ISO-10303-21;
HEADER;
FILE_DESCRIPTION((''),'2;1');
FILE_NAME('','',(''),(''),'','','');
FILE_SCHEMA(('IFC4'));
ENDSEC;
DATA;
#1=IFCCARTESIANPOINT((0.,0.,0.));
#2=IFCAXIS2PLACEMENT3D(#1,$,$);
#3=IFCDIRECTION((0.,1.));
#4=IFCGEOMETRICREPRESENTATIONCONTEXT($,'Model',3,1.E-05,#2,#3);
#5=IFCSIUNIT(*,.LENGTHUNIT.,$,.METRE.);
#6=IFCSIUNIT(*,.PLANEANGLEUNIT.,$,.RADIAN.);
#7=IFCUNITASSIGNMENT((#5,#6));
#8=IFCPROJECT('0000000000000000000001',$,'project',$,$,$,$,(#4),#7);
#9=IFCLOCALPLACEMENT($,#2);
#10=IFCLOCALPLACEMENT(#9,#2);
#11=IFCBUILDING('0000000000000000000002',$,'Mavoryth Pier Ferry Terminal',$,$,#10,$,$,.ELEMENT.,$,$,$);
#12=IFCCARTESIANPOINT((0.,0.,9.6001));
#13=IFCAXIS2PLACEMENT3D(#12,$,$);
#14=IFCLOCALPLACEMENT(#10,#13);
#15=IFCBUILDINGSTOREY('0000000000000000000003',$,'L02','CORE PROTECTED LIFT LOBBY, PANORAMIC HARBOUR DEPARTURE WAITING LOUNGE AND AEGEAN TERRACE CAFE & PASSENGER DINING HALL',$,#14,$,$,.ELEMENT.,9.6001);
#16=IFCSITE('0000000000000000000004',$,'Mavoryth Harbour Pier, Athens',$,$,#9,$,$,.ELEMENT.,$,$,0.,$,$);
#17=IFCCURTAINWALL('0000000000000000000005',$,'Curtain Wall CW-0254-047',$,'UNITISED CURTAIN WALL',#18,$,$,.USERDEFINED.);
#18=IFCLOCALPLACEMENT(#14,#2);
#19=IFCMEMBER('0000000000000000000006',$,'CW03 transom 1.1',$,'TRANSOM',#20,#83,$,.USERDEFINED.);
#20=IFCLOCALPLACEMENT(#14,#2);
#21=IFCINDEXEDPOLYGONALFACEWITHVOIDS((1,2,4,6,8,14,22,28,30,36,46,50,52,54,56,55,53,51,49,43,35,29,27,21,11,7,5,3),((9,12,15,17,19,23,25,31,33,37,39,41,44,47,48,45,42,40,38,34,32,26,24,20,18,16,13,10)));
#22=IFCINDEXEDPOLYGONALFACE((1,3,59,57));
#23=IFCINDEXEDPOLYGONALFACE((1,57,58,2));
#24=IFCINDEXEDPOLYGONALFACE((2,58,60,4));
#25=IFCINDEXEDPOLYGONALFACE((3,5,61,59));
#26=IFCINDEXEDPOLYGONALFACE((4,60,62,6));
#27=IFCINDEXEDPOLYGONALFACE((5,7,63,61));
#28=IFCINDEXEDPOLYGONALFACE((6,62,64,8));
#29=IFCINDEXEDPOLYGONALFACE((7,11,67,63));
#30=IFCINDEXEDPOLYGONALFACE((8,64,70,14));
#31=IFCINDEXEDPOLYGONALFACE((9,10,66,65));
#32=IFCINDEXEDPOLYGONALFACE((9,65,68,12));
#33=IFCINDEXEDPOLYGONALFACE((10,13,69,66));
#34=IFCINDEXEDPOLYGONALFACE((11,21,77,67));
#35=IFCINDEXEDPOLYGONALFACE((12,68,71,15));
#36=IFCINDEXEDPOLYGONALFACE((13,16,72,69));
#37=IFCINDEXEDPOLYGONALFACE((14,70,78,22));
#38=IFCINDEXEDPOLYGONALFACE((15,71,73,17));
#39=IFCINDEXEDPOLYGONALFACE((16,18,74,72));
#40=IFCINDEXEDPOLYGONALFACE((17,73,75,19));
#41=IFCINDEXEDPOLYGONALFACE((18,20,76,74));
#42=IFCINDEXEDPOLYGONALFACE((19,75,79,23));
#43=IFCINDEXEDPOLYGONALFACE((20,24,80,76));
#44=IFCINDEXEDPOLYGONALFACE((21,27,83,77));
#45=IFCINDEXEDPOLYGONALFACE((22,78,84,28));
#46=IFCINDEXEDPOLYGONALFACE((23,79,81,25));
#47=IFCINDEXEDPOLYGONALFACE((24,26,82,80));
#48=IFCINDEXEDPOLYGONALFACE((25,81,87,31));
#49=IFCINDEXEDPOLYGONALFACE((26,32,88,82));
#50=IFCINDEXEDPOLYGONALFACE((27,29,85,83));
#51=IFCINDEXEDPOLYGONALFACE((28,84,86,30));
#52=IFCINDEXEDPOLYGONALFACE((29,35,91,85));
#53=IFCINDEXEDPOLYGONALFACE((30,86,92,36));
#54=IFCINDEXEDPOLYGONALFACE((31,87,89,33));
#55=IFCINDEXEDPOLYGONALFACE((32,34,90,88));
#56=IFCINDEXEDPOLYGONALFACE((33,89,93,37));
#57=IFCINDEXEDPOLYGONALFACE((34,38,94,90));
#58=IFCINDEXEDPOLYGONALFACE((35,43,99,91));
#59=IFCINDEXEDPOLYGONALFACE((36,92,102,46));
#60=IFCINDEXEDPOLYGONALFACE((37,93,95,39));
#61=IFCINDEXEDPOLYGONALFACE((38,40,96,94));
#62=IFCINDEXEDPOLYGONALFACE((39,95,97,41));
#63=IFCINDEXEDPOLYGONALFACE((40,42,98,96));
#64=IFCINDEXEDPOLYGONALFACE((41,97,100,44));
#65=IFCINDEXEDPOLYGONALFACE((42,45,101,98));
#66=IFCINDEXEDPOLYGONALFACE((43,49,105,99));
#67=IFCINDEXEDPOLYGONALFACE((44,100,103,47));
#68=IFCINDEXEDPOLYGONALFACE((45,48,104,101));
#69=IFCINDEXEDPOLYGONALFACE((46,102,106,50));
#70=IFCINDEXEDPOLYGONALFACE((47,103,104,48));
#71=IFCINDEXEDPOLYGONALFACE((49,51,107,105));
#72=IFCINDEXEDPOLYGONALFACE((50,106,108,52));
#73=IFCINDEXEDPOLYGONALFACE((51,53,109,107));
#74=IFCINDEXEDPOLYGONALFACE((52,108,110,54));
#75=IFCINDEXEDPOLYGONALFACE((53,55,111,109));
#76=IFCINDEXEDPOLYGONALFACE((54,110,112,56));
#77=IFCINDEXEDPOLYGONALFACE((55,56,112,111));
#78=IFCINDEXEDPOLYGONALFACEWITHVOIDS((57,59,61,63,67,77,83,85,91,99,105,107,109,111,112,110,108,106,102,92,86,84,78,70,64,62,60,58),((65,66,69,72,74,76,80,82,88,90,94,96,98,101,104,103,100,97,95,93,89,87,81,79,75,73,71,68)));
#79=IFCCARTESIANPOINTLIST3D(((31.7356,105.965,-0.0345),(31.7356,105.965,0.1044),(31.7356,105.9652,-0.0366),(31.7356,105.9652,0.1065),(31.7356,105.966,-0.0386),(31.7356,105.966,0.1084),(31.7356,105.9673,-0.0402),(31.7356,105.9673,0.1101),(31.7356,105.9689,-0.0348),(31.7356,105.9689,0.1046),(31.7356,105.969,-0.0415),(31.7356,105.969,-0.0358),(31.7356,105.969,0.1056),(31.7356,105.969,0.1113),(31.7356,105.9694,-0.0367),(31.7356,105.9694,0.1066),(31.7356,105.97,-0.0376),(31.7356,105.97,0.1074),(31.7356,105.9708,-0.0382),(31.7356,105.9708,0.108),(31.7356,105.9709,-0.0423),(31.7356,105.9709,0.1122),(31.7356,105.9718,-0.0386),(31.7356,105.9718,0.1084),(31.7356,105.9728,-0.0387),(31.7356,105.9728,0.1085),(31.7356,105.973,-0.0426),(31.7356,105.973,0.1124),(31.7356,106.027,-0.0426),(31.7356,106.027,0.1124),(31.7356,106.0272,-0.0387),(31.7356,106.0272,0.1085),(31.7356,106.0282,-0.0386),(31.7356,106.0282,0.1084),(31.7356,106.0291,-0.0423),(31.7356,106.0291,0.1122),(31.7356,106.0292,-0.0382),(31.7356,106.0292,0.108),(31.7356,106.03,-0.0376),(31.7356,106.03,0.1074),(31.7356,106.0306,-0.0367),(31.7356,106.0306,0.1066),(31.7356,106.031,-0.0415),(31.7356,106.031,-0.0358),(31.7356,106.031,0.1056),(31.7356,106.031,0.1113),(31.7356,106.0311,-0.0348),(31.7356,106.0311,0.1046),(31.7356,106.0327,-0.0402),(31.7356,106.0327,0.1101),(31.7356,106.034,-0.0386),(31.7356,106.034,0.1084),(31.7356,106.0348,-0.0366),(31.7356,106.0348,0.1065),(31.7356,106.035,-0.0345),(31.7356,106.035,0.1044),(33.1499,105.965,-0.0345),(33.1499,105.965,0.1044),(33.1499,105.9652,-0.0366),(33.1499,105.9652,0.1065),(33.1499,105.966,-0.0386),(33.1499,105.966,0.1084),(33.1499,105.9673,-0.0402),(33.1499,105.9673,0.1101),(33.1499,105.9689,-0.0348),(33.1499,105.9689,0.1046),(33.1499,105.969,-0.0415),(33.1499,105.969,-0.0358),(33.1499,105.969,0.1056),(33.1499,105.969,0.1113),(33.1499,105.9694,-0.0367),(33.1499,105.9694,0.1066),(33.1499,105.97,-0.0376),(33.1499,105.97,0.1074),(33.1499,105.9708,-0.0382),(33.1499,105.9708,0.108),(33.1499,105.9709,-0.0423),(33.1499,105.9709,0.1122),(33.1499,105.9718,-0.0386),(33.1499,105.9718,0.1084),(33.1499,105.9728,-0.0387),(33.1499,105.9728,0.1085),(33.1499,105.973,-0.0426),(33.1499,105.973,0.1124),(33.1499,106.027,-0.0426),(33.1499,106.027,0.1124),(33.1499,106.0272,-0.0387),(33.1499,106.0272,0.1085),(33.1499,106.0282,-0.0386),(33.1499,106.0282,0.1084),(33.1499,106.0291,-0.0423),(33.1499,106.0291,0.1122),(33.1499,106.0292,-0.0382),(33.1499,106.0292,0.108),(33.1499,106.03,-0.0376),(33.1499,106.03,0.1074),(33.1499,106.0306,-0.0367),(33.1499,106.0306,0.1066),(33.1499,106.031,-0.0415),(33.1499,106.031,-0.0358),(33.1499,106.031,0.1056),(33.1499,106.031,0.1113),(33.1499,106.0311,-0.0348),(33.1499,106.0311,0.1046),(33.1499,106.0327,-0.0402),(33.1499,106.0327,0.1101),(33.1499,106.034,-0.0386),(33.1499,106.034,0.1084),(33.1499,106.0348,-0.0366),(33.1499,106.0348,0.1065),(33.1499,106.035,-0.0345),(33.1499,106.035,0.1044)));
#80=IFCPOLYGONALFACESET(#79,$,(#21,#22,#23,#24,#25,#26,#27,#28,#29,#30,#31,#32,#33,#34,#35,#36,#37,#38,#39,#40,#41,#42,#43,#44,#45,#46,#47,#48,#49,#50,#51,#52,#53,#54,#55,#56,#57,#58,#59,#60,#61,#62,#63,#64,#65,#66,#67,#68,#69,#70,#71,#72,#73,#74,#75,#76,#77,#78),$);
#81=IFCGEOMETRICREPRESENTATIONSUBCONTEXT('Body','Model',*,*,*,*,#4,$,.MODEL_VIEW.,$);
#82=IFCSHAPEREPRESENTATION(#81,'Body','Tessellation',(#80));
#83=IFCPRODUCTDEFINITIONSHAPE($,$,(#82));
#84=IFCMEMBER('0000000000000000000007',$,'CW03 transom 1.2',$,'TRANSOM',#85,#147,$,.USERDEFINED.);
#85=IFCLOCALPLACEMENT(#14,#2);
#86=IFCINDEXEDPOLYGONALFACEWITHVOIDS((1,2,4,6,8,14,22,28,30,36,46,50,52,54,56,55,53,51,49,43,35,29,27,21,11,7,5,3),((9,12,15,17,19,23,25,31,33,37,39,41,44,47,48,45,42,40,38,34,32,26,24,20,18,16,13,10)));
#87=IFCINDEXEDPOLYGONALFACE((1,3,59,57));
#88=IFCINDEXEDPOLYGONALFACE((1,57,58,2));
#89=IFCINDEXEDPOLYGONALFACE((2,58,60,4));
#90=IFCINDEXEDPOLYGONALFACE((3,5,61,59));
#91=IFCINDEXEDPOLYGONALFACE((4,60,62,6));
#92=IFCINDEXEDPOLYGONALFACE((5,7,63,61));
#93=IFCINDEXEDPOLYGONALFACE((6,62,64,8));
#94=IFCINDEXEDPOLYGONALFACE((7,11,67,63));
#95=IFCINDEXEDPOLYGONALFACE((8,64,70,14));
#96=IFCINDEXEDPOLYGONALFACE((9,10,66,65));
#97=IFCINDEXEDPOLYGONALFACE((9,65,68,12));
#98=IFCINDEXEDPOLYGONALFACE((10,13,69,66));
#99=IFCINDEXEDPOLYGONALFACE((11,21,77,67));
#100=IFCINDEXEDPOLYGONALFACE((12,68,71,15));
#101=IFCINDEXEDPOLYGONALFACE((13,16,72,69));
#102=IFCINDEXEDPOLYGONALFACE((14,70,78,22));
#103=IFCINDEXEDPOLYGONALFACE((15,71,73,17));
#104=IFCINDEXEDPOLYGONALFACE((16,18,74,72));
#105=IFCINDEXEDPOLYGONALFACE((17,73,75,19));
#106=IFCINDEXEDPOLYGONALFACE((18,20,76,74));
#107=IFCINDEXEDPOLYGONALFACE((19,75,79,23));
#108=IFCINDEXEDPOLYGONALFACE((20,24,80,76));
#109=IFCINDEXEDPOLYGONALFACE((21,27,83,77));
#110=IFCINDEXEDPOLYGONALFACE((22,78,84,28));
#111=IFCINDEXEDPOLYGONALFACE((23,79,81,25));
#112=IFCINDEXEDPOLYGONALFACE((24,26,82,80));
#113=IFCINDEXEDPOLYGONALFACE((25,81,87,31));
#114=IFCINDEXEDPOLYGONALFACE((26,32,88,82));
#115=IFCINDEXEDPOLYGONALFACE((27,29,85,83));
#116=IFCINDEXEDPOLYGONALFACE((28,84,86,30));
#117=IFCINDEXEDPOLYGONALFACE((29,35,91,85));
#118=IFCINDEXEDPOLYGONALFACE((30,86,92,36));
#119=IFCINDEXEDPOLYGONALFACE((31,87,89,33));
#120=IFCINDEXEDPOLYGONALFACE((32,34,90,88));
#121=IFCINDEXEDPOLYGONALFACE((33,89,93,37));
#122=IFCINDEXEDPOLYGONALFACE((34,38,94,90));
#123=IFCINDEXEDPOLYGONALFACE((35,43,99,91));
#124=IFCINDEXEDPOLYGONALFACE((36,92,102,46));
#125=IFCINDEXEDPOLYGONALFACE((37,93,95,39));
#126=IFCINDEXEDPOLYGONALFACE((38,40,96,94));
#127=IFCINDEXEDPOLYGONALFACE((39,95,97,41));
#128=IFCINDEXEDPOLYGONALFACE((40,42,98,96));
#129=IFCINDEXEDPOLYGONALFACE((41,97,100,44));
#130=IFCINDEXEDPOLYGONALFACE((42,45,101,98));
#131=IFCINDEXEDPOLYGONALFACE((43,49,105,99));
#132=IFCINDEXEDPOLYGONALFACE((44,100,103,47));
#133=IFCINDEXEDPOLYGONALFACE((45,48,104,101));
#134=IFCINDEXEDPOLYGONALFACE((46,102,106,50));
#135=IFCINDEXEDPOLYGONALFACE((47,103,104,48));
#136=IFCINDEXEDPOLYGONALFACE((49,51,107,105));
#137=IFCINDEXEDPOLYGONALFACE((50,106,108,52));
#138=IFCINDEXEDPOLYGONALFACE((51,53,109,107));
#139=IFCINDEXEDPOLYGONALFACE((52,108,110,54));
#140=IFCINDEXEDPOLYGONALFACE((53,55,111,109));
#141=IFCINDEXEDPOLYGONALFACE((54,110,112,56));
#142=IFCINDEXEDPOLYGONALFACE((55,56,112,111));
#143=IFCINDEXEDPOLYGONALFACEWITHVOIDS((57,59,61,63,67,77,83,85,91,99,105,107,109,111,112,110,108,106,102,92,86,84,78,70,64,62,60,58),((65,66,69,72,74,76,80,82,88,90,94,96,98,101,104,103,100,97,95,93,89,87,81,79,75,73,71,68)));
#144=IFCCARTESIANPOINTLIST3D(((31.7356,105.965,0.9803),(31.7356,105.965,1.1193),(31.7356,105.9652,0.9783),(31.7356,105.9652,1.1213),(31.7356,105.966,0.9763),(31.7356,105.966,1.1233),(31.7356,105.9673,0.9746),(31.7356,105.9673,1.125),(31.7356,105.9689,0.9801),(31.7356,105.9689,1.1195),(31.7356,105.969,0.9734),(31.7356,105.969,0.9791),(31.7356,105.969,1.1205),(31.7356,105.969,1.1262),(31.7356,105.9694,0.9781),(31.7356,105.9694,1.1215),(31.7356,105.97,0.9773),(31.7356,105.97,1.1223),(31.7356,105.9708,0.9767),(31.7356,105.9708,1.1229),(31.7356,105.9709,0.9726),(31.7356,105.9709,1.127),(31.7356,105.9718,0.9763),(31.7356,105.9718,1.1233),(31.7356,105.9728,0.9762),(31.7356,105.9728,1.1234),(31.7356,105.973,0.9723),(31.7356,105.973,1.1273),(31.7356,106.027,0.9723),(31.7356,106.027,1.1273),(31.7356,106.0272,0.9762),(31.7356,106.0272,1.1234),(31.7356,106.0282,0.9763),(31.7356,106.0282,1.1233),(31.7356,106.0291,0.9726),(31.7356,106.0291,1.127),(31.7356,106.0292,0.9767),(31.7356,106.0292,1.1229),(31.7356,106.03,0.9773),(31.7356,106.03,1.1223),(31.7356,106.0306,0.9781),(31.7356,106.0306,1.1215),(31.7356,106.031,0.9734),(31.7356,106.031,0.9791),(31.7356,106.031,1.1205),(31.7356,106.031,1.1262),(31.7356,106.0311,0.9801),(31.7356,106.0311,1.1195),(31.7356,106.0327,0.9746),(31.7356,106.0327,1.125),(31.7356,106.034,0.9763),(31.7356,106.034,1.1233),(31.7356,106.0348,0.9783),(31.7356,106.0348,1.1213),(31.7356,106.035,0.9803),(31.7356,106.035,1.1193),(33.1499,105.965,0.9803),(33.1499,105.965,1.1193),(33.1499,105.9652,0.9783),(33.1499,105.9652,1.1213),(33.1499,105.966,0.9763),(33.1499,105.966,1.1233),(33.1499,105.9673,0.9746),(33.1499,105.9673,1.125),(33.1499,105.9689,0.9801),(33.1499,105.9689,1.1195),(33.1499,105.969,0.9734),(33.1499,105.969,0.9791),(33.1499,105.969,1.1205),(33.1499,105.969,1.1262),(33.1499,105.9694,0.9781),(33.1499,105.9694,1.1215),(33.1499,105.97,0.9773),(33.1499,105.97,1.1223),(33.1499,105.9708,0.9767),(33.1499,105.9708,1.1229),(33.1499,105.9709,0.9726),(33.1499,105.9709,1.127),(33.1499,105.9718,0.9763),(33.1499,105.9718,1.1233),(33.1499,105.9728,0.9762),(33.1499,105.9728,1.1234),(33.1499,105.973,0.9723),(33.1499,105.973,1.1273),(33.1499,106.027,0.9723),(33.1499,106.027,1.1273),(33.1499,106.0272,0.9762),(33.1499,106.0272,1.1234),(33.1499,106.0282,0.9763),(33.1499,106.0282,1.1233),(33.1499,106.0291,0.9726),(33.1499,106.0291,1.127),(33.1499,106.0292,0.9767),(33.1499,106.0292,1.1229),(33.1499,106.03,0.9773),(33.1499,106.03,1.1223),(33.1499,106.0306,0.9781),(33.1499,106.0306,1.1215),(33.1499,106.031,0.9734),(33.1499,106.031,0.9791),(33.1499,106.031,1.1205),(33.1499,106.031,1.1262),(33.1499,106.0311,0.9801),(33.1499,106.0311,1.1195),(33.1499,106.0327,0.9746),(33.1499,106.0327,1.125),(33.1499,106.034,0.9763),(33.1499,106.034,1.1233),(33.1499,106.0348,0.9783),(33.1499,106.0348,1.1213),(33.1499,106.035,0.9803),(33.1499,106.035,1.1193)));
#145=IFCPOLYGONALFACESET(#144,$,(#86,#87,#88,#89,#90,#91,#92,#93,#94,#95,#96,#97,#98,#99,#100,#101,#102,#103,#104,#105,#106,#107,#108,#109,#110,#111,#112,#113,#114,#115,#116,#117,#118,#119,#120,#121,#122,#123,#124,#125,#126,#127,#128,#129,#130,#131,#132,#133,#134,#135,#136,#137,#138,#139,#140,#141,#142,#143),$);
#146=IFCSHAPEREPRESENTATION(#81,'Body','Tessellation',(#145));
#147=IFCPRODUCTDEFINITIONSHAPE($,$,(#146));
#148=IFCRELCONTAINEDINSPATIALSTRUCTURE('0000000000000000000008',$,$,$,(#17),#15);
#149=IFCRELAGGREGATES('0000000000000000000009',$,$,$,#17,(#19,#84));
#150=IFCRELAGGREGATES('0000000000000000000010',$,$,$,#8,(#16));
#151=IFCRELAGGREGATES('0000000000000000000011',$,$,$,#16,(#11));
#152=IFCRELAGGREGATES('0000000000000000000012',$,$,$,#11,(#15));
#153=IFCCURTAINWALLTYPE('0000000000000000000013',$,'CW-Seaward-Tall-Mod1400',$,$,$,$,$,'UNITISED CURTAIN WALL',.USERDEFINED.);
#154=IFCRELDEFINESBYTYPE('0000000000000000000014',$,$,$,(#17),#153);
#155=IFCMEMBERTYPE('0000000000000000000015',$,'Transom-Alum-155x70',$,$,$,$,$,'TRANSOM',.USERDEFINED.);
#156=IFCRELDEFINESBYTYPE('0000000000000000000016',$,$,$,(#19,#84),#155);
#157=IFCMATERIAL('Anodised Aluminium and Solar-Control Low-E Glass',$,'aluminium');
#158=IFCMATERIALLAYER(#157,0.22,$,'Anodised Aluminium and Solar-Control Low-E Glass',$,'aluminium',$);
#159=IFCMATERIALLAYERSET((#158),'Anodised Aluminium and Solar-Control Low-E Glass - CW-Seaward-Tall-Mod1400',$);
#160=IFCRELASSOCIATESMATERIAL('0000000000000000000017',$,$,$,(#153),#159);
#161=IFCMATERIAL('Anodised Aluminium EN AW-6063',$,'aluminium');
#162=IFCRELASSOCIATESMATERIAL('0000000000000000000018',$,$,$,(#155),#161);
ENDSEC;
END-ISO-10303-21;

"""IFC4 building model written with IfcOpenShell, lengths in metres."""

from ifc_helpers import new_model, si_unit, direction, frame, origin, origin_2d, place, context, subcontext, project, spatial, hollow_rectangle, extrude, material, layer, layer_set, material_profile, profile_set, type_object, element, aggregate, save


model = new_model("IFC4")

# Units and contexts
model_context = context("Model", 3, precision=1e-05, world=origin(), true_north=direction((0.0, 1.0)))
body_context = subcontext(model_context, "Body", "Model", "MODEL_VIEW")
ifc_project = project(units=[si_unit("LENGTHUNIT", "METRE"), si_unit("PLANEANGLEUNIT", "RADIAN")], contexts=[model_context])

# Site, building, storey
site_placement = place(None, origin())
site = spatial("IfcSite", under=ifc_project, at=site_placement, Name="Mavoryth Harbour Pier, Athens", CompositionType="ELEMENT", RefElevation=0.0)
building_placement = place(site_placement, origin())
building = spatial("IfcBuilding", under=site, at=building_placement, Name="Mavoryth Pier Ferry Terminal", CompositionType="ELEMENT")
storey_placement = place(building_placement, frame((0.0, 0.0, 9.6001)))
storey = spatial("IfcBuildingStorey", under=building, at=storey_placement, Name="L02", Description="CORE PROTECTED LIFT LOBBY, PANORAMIC HARBOUR DEPARTURE WAITING LOUNGE AND AEGEAN TERRACE CAFE & PASSENGER DINING HALL", CompositionType="ELEMENT", Elevation=9.6001)

# Curtain wall
ifc_material_1 = material(Name="Anodised Aluminium and Solar-Control Low-E Glass", Category="aluminium")
ifc_layer_1 = layer(ifc_material_1, 0.22, Name="Anodised Aluminium and Solar-Control Low-E Glass", Category="aluminium")
ifc_layer_set_1 = layer_set([ifc_layer_1], Name="Anodised Aluminium and Solar-Control Low-E Glass - CW-Seaward-Tall-Mod1400")
curtain_wall_type = type_object("IfcCurtainWallType", Name="CW-Seaward-Tall-Mod1400", ElementType="UNITISED CURTAIN WALL", PredefinedType="USERDEFINED", material=ifc_layer_set_1)
curtain_wall_placement = place(storey_placement, origin())
curtain_wall = element("IfcCurtainWall", 1, at=curtain_wall_placement, inside=storey, type_object=curtain_wall_type, Name="Curtain Wall CW-0254-047", ObjectType="UNITISED CURTAIN WALL", PredefinedType="USERDEFINED")
ifc_material_2 = material(Name="Anodised Aluminium EN AW-6063", Category="aluminium")

# Members
ifc_material_profile_1 = material_profile(ifc_material_2, hollow_rectangle(XDim=0.0701, YDim=0.155, WallThickness=0.0039, InnerFilletRadius=0.0039, OuterFilletRadius=0.0081, at=origin_2d()), Name="AL-TRAN 155x70x4", Category="aluminium")
ifc_profile_set_1 = profile_set([ifc_material_profile_1], Name="Anodised Aluminium EN AW-6063 - AL-TRAN 155x70x4")
member_type_1 = type_object("IfcMemberType", Name="Transom-Alum-155x70", ElementType="TRANSOM", PredefinedType="USERDEFINED", material=ifc_profile_set_1)
member_1_placement = place(storey_placement, frame((33.1499, 106.0, 0.0349), z_axis=(-1.0, 0.0, 0.0), x_axis=(0.0, -1.0, 0.0)))
member_1 = element("IfcMember", 2, at=member_1_placement, type_object=member_type_1, Name="CW03 transom 1.1", ObjectType="TRANSOM", PredefinedType="USERDEFINED", context=body_context, shape_type="SweptSolid", body=[
    extrude(hollow_rectangle(XDim=0.0701, YDim=0.155, WallThickness=0.0039, InnerFilletRadius=0.0039, OuterFilletRadius=0.0081, at=origin_2d()), origin(), (0.0, 0.0, 1.0), 1.4143),
])
member_2_placement = place(storey_placement, frame((33.1499, 106.0, 1.0498), z_axis=(-1.0, 0.0, 0.0), x_axis=(0.0, -1.0, 0.0)))
member_2 = element("IfcMember", 3, at=member_2_placement, type_object=member_type_1, Name="CW03 transom 1.2", ObjectType="TRANSOM", PredefinedType="USERDEFINED", context=body_context, shape_type="SweptSolid", body=[
    extrude(hollow_rectangle(XDim=0.0701, YDim=0.155, WallThickness=0.0039, InnerFilletRadius=0.0039, OuterFilletRadius=0.0081, at=origin_2d()), origin(), (0.0, 0.0, 1.0), 1.4143),
])

aggregate(curtain_wall, [member_1, member_2])

save(model, "model.ifc")
